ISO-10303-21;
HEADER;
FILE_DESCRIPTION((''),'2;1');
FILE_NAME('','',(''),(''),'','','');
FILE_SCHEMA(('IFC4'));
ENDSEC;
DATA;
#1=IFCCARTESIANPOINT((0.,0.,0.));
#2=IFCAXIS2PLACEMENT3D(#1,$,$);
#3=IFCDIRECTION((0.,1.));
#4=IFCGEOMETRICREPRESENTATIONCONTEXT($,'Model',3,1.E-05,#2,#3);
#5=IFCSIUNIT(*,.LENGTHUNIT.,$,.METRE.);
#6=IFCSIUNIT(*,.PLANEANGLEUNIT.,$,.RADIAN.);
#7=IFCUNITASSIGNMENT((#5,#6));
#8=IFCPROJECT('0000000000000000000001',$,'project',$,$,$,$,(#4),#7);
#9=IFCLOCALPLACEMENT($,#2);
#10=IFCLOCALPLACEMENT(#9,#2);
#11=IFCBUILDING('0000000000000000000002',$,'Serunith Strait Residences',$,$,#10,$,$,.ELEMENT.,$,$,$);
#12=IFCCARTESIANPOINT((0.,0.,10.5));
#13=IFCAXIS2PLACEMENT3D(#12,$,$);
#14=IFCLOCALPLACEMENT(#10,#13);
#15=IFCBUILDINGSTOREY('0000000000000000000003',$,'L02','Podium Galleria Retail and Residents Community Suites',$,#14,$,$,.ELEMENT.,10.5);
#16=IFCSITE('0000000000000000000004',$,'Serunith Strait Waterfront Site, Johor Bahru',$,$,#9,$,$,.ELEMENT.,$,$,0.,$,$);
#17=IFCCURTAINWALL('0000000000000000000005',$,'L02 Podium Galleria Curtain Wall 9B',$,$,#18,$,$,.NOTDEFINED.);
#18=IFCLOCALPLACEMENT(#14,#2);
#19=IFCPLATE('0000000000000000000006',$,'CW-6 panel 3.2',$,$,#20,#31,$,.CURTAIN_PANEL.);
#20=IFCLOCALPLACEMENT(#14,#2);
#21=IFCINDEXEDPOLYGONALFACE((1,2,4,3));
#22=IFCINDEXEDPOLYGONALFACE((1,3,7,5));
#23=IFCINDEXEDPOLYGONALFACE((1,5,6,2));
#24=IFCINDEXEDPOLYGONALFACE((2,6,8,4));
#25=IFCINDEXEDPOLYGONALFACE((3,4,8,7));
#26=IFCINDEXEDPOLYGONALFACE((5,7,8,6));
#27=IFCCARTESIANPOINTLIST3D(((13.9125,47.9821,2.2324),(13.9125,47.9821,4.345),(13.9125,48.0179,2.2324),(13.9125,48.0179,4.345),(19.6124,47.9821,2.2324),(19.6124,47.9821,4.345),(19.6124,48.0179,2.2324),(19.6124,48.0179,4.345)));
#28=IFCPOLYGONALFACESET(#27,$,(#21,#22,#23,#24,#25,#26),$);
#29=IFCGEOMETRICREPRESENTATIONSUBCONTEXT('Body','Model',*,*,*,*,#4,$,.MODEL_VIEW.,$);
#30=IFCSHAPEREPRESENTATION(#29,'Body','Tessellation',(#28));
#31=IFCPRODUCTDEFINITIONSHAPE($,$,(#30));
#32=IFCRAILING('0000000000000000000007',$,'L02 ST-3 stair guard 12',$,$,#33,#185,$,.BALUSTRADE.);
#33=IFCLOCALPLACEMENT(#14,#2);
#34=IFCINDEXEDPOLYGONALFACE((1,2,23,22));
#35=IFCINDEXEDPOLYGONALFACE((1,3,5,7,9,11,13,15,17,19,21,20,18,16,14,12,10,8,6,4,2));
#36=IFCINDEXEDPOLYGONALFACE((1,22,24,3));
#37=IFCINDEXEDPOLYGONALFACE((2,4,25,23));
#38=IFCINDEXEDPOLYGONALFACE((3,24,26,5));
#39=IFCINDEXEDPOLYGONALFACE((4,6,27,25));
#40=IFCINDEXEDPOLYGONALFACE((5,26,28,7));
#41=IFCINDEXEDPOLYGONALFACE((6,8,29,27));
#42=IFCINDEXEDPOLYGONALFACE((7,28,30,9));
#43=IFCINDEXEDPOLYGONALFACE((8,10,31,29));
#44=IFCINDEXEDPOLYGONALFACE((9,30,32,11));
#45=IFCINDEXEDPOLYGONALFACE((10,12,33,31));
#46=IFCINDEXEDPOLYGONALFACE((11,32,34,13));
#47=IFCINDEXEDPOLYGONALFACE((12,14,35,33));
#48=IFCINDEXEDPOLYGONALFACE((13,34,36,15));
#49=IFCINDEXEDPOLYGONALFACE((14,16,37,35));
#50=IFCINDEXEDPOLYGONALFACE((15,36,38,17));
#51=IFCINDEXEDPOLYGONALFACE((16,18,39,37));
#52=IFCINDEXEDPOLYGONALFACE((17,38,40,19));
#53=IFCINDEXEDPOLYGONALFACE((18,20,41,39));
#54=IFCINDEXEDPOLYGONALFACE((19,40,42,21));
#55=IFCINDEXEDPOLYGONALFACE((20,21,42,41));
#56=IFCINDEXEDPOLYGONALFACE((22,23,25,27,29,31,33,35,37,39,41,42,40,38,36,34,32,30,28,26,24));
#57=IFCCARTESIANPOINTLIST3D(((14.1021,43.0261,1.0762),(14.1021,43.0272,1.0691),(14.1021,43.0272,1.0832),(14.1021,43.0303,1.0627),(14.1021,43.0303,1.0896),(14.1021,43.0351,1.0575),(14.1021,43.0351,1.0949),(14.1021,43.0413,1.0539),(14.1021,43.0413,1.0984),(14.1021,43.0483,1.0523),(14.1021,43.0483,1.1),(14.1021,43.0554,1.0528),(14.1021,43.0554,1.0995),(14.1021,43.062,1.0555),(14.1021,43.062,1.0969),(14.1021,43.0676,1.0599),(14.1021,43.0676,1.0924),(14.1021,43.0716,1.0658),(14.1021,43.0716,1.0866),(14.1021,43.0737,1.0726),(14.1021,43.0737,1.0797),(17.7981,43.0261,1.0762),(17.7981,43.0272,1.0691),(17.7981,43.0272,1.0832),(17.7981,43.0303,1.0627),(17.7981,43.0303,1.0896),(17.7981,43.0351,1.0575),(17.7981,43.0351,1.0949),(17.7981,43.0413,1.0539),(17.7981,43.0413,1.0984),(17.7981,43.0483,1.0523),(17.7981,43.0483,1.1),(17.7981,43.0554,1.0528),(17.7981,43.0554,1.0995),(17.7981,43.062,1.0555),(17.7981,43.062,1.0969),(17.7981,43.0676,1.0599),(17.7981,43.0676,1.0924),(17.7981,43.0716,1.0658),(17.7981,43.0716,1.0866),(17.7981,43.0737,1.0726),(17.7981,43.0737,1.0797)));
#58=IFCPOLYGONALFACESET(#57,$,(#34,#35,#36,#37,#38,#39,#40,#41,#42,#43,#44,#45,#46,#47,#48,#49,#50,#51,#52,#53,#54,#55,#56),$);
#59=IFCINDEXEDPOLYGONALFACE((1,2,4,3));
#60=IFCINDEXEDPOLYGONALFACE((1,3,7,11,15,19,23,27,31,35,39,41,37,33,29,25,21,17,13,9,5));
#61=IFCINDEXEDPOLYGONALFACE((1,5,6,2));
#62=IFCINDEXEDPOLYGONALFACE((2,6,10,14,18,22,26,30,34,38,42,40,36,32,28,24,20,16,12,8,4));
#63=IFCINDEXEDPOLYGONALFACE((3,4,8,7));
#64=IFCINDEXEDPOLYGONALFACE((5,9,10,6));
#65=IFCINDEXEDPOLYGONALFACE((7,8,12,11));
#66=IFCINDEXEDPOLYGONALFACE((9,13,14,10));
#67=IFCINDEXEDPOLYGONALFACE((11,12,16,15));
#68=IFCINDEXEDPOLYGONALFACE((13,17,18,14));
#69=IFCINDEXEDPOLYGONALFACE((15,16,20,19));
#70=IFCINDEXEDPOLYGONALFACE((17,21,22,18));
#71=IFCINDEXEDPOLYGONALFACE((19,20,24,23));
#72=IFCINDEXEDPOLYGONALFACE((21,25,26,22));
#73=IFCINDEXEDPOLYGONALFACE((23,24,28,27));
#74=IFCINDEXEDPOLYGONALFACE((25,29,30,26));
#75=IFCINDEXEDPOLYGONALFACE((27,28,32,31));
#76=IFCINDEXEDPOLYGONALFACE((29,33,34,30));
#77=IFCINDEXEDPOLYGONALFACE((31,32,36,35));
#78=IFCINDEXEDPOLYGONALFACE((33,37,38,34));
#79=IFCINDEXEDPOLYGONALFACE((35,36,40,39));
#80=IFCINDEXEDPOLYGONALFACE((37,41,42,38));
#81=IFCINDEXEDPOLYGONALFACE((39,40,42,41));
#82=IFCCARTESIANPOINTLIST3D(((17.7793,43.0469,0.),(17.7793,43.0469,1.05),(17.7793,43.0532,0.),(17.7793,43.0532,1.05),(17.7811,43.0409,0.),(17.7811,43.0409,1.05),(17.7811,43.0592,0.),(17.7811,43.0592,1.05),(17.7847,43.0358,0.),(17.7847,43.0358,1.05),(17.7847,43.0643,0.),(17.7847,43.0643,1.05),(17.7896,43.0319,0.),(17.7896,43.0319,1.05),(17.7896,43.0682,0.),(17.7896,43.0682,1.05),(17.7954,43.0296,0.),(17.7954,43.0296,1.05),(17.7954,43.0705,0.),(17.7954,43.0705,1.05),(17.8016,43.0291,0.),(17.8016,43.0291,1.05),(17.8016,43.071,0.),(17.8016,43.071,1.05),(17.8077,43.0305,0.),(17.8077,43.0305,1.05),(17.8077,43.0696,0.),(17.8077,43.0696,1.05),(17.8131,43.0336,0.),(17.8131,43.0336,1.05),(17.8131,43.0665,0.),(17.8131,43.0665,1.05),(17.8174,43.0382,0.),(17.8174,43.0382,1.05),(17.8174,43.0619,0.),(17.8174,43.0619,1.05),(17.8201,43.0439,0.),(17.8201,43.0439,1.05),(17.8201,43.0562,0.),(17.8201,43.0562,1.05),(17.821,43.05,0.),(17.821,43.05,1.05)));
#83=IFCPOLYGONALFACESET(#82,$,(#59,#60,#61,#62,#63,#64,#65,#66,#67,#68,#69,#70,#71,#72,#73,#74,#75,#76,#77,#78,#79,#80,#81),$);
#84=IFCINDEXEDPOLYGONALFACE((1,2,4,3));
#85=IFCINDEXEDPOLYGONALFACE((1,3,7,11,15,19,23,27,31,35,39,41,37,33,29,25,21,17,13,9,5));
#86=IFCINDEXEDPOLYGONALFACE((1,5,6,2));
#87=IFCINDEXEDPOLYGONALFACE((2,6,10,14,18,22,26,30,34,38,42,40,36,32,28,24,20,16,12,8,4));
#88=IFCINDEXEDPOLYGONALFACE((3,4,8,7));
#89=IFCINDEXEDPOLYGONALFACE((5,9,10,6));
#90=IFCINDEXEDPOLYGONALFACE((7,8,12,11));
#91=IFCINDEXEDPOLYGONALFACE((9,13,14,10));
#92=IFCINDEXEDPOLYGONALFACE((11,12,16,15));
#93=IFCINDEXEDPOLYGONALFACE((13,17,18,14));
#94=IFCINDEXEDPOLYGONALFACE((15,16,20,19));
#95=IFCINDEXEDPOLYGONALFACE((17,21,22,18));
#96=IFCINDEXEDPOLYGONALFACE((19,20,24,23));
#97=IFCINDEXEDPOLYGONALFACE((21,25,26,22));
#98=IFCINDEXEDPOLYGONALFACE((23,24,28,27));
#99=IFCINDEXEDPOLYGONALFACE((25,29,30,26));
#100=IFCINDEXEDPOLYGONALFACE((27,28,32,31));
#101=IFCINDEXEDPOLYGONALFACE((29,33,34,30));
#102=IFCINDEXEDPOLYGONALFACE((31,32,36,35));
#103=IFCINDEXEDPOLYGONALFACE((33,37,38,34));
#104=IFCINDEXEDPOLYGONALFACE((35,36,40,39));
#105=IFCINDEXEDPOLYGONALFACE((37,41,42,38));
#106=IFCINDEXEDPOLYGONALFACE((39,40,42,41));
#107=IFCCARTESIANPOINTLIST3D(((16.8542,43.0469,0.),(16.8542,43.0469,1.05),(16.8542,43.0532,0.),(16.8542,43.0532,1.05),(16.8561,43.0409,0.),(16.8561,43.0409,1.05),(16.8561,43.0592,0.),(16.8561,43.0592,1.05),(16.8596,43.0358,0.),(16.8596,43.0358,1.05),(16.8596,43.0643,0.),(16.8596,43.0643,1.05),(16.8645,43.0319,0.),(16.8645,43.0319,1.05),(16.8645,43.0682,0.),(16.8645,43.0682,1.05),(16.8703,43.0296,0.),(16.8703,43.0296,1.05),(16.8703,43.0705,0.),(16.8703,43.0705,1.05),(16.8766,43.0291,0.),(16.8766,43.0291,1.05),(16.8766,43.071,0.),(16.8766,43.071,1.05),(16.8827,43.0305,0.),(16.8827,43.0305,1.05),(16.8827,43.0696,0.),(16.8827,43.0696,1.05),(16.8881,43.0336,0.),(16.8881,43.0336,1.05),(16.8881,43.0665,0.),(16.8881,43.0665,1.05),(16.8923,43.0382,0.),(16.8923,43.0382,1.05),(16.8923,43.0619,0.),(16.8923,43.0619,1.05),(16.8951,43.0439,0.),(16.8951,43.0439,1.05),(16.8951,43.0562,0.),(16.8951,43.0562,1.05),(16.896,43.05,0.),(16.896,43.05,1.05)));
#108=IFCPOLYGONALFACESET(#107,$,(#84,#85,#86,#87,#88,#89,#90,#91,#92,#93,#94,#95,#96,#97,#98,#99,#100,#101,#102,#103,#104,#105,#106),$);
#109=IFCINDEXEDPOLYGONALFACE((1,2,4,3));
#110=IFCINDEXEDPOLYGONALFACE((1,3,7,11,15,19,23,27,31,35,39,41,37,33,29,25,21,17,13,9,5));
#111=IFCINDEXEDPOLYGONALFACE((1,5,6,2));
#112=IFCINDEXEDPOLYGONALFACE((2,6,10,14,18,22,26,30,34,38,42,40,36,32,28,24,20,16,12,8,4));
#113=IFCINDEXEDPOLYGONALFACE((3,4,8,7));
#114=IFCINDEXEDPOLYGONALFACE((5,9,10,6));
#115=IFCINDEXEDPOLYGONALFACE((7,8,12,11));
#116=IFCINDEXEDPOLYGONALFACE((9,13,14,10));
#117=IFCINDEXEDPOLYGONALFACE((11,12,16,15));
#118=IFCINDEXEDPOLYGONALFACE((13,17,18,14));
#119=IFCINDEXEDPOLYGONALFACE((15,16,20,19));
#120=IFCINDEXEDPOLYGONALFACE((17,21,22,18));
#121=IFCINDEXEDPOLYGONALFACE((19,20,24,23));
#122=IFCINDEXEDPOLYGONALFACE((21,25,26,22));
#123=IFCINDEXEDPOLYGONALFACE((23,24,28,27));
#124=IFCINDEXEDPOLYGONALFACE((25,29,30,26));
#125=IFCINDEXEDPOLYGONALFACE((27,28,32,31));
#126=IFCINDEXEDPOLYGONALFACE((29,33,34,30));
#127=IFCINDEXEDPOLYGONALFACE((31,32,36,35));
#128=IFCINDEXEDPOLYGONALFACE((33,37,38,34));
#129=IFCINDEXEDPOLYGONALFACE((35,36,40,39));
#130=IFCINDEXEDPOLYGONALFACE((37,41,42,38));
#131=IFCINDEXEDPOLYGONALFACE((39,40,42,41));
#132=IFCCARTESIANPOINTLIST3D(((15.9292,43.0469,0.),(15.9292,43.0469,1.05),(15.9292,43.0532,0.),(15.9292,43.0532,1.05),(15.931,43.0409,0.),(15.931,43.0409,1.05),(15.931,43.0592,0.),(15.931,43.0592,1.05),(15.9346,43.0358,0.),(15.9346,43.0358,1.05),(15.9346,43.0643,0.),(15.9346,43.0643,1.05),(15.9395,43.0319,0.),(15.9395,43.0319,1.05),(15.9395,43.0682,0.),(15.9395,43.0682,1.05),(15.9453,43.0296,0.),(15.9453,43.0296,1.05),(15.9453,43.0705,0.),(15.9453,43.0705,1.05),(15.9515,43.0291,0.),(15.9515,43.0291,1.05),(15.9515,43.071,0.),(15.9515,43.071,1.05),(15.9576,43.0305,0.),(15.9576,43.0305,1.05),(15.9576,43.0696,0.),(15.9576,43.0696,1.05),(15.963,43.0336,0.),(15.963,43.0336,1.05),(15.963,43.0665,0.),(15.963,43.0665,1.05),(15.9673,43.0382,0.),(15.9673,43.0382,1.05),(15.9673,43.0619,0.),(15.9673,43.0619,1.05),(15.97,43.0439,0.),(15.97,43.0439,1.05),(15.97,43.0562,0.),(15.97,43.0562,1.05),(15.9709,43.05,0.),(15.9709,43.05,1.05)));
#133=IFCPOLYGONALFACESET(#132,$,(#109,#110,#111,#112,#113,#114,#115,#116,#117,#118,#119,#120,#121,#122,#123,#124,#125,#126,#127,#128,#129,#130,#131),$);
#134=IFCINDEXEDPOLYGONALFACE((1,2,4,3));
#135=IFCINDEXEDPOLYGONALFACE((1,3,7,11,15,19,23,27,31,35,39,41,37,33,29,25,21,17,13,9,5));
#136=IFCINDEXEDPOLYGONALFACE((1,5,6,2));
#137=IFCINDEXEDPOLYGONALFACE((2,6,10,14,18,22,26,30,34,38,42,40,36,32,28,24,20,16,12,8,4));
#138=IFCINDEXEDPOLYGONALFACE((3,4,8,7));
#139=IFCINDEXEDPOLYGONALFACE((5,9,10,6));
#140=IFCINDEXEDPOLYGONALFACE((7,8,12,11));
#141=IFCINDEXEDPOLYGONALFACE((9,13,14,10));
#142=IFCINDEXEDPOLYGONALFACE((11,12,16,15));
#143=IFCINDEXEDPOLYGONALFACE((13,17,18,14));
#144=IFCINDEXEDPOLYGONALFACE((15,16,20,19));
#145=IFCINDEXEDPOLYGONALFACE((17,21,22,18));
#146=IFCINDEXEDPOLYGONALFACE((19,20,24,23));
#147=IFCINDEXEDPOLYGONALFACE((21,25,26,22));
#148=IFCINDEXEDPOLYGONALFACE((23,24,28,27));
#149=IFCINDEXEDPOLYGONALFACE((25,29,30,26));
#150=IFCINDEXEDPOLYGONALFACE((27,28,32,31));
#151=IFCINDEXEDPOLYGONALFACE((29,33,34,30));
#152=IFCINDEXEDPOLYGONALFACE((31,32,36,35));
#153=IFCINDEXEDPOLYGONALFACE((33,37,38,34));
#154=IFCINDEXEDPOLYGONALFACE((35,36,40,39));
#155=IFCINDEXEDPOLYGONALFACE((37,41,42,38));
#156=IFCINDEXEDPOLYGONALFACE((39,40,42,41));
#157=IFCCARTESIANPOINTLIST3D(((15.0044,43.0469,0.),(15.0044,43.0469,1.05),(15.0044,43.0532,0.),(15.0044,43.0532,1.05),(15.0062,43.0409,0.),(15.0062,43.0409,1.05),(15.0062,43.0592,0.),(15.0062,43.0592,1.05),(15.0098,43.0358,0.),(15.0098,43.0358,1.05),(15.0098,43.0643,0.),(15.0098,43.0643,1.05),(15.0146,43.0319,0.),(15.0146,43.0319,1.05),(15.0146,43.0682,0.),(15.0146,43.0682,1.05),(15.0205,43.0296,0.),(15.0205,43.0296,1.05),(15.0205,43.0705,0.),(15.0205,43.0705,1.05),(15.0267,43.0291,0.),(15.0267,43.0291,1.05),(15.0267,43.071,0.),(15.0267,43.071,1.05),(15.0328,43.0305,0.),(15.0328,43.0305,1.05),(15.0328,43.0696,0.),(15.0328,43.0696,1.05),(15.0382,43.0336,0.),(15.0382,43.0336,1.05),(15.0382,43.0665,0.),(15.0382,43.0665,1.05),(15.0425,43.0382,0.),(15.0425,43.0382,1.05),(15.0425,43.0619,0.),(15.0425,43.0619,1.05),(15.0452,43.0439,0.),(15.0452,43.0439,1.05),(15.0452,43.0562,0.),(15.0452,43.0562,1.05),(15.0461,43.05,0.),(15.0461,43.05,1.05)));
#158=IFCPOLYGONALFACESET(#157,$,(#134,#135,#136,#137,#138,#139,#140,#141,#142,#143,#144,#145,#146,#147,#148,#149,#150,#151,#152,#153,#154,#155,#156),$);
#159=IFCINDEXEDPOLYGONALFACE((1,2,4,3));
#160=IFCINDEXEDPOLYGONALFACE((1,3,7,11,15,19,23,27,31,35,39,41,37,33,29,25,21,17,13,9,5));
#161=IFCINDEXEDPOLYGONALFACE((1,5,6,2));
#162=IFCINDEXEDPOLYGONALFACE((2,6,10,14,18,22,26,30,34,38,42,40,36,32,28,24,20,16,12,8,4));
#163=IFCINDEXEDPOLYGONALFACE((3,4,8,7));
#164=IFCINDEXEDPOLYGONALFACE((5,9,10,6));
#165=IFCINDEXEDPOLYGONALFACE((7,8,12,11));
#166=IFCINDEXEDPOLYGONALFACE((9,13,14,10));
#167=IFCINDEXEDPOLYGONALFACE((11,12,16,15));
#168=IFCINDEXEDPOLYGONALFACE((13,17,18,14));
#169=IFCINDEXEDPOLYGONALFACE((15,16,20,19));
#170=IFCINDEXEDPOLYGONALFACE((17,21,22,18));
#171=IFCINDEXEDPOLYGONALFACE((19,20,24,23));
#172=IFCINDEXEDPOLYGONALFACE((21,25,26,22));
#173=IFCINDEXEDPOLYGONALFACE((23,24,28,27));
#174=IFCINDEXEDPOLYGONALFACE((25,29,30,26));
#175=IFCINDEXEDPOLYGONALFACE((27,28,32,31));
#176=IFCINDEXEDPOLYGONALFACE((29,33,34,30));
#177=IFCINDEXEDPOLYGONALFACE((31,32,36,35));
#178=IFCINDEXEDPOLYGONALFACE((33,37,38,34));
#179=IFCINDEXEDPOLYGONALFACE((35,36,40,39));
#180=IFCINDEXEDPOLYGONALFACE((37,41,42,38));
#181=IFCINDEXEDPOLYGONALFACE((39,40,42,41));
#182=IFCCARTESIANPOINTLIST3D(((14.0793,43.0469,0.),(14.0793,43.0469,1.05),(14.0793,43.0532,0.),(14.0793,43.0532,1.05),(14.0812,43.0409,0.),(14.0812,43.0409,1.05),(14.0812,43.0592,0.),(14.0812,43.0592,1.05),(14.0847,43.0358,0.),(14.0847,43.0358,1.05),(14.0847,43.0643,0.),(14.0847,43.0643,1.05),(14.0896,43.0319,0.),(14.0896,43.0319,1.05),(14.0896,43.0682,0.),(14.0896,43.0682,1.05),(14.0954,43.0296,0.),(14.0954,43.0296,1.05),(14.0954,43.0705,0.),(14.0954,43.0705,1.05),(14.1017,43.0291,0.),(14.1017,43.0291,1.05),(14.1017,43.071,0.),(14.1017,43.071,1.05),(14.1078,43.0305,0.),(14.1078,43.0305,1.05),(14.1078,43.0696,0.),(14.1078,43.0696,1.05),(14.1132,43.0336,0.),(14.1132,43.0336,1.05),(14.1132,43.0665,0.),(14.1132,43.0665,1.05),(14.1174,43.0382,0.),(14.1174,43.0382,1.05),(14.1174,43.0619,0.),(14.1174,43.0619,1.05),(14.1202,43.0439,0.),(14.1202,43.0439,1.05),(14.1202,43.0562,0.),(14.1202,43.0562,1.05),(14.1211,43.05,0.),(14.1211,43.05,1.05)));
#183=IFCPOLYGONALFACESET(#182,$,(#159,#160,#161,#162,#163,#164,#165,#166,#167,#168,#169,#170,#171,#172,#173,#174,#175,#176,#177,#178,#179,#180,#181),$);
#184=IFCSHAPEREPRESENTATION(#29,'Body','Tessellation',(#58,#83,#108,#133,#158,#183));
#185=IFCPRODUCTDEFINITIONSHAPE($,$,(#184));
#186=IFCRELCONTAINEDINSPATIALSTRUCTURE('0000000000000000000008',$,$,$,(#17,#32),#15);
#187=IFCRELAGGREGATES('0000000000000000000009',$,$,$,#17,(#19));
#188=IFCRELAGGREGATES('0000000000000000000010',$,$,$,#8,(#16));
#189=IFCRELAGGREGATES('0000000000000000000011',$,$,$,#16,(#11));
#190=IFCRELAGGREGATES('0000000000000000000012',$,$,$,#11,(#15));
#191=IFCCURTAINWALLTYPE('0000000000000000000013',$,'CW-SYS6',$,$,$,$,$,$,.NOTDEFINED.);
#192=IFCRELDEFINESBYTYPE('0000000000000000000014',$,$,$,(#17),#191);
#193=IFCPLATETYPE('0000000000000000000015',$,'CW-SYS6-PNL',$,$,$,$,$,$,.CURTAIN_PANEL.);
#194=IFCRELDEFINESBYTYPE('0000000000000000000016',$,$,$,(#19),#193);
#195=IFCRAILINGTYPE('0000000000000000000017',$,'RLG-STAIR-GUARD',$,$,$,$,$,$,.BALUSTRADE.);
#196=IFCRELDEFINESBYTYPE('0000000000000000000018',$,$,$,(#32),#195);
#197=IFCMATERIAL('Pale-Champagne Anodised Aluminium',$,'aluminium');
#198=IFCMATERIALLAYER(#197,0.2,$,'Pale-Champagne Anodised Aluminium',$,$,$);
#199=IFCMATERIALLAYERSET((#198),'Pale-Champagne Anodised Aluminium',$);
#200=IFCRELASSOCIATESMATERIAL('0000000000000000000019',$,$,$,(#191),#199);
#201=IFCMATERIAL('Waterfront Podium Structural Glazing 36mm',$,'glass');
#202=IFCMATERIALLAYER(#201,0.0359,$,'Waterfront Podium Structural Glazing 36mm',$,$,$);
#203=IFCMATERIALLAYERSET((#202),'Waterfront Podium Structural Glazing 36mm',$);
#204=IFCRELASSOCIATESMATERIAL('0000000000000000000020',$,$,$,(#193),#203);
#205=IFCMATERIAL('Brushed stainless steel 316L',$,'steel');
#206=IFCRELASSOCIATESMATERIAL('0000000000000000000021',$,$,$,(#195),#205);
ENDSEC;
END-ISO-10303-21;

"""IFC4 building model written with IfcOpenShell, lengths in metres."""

from ifc_helpers import new_model, si_unit, direction, frame, origin, origin_2d, place, context, subcontext, project, spatial, rectangle, circle, extrude, source, transform, mapped, material, layer, layer_set, type_object, element, aggregate, save


model = new_model("IFC4")

# Units and contexts
model_context = context("Model", 3, precision=1e-05, world=origin(), true_north=direction((0.0, 1.0)))
body_context = subcontext(model_context, "Body", "Model", "MODEL_VIEW")
ifc_project = project(units=[si_unit("LENGTHUNIT", "METRE"), si_unit("PLANEANGLEUNIT", "RADIAN")], contexts=[model_context])

# Site, building, storey
site_placement = place(None, origin())
site = spatial("IfcSite", under=ifc_project, at=site_placement, Name="Serunith Strait Waterfront Site, Johor Bahru", CompositionType="ELEMENT", RefElevation=0.0)
building_placement = place(site_placement, origin())
building = spatial("IfcBuilding", under=site, at=building_placement, Name="Serunith Strait Residences", CompositionType="ELEMENT")
storey_placement = place(building_placement, frame((0.0, 0.0, 10.5)))
storey = spatial("IfcBuildingStorey", under=building, at=storey_placement, Name="L02", Description="Podium Galleria Retail and Residents Community Suites", CompositionType="ELEMENT", Elevation=10.5)

# Curtain wall, plate
ifc_material_1 = material(Name="Pale-Champagne Anodised Aluminium", Category="aluminium")
ifc_layer_1 = layer(ifc_material_1, 0.2, Name="Pale-Champagne Anodised Aluminium")
ifc_layer_set_1 = layer_set([ifc_layer_1], Name="Pale-Champagne Anodised Aluminium")
curtain_wall_type = type_object("IfcCurtainWallType", Name="CW-SYS6", PredefinedType="NOTDEFINED", material=ifc_layer_set_1)
curtain_wall_placement = place(storey_placement, origin())
curtain_wall = element("IfcCurtainWall", 1, at=curtain_wall_placement, inside=storey, type_object=curtain_wall_type, Name="L02 Podium Galleria Curtain Wall 9B", PredefinedType="NOTDEFINED")
ifc_material_2 = material(Name="Waterfront Podium Structural Glazing 36mm", Category="glass")
ifc_layer_2 = layer(ifc_material_2, 0.0359, Name="Waterfront Podium Structural Glazing 36mm")
ifc_layer_set_2 = layer_set([ifc_layer_2], Name="Waterfront Podium Structural Glazing 36mm")
plate_type = type_object("IfcPlateType", Name="CW-SYS6-PNL", PredefinedType="CURTAIN_PANEL", material=ifc_layer_set_2)
shared_shape_1 = source(origin(), body_context, "Body", "SweptSolid", [
    extrude(rectangle(XDim=5.7, YDim=0.0359, at=origin_2d()), origin(), (0.0, 0.0, 1.0), 2.1125),
])
plate_1_placement = place(storey_placement, frame((16.7625, 48.0, 2.2324), z_axis=(0.0, 0.0, 1.0), x_axis=(-1.0, 0.0, 0.0)))
plate_1 = element("IfcPlate", 2, at=plate_1_placement, type_object=plate_type, Name="CW-6 panel 3.2", PredefinedType="CURTAIN_PANEL", context=body_context, shape_type="MappedRepresentation", body=[
    mapped(shared_shape_1, transform((0.0, 0.0, 0.0), scale=1.0)),
])
aggregate(curtain_wall, [plate_1])

# Railing
ifc_material_3 = material(Name="Brushed stainless steel 316L", Category="steel")
railing_type = type_object("IfcRailingType", Name="RLG-STAIR-GUARD", PredefinedType="BALUSTRADE", material=ifc_material_3)
railing_placement = place(storey_placement, frame((17.8, 43.05, 0.0)))
element("IfcRailing", 3, at=railing_placement, inside=storey, type_object=railing_type, Name="L02 ST-3 stair guard 12", PredefinedType="BALUSTRADE", context=body_context, shape_type="SweptSolid", body=[
    extrude(circle(Radius=0.0239, at=origin_2d()), frame((-0.002, 0.0, 1.0762), z_axis=(-1.0, 0.0, 0.0), x_axis=(0.0, -1.0, 0.0)), (0.0, 0.0, 1.0), 3.696),
    extrude(circle(Radius=0.021, at=origin_2d()), origin(), (0.0, 0.0, 1.0), 1.05),
    extrude(circle(Radius=0.021, at=origin_2d()), frame((-0.925, 0.0, 0.0)), (0.0, 0.0, 1.0), 1.05),
    extrude(circle(Radius=0.021, at=origin_2d()), frame((-1.8501, 0.0, 0.0)), (0.0, 0.0, 1.0), 1.05),
    extrude(circle(Radius=0.021, at=origin_2d()), frame((-2.7749, 0.0, 0.0)), (0.0, 0.0, 1.0), 1.05),
    extrude(circle(Radius=0.021, at=origin_2d()), frame((-3.7, 0.0, 0.0)), (0.0, 0.0, 1.0), 1.05),
])

save(model, "model.ifc")
